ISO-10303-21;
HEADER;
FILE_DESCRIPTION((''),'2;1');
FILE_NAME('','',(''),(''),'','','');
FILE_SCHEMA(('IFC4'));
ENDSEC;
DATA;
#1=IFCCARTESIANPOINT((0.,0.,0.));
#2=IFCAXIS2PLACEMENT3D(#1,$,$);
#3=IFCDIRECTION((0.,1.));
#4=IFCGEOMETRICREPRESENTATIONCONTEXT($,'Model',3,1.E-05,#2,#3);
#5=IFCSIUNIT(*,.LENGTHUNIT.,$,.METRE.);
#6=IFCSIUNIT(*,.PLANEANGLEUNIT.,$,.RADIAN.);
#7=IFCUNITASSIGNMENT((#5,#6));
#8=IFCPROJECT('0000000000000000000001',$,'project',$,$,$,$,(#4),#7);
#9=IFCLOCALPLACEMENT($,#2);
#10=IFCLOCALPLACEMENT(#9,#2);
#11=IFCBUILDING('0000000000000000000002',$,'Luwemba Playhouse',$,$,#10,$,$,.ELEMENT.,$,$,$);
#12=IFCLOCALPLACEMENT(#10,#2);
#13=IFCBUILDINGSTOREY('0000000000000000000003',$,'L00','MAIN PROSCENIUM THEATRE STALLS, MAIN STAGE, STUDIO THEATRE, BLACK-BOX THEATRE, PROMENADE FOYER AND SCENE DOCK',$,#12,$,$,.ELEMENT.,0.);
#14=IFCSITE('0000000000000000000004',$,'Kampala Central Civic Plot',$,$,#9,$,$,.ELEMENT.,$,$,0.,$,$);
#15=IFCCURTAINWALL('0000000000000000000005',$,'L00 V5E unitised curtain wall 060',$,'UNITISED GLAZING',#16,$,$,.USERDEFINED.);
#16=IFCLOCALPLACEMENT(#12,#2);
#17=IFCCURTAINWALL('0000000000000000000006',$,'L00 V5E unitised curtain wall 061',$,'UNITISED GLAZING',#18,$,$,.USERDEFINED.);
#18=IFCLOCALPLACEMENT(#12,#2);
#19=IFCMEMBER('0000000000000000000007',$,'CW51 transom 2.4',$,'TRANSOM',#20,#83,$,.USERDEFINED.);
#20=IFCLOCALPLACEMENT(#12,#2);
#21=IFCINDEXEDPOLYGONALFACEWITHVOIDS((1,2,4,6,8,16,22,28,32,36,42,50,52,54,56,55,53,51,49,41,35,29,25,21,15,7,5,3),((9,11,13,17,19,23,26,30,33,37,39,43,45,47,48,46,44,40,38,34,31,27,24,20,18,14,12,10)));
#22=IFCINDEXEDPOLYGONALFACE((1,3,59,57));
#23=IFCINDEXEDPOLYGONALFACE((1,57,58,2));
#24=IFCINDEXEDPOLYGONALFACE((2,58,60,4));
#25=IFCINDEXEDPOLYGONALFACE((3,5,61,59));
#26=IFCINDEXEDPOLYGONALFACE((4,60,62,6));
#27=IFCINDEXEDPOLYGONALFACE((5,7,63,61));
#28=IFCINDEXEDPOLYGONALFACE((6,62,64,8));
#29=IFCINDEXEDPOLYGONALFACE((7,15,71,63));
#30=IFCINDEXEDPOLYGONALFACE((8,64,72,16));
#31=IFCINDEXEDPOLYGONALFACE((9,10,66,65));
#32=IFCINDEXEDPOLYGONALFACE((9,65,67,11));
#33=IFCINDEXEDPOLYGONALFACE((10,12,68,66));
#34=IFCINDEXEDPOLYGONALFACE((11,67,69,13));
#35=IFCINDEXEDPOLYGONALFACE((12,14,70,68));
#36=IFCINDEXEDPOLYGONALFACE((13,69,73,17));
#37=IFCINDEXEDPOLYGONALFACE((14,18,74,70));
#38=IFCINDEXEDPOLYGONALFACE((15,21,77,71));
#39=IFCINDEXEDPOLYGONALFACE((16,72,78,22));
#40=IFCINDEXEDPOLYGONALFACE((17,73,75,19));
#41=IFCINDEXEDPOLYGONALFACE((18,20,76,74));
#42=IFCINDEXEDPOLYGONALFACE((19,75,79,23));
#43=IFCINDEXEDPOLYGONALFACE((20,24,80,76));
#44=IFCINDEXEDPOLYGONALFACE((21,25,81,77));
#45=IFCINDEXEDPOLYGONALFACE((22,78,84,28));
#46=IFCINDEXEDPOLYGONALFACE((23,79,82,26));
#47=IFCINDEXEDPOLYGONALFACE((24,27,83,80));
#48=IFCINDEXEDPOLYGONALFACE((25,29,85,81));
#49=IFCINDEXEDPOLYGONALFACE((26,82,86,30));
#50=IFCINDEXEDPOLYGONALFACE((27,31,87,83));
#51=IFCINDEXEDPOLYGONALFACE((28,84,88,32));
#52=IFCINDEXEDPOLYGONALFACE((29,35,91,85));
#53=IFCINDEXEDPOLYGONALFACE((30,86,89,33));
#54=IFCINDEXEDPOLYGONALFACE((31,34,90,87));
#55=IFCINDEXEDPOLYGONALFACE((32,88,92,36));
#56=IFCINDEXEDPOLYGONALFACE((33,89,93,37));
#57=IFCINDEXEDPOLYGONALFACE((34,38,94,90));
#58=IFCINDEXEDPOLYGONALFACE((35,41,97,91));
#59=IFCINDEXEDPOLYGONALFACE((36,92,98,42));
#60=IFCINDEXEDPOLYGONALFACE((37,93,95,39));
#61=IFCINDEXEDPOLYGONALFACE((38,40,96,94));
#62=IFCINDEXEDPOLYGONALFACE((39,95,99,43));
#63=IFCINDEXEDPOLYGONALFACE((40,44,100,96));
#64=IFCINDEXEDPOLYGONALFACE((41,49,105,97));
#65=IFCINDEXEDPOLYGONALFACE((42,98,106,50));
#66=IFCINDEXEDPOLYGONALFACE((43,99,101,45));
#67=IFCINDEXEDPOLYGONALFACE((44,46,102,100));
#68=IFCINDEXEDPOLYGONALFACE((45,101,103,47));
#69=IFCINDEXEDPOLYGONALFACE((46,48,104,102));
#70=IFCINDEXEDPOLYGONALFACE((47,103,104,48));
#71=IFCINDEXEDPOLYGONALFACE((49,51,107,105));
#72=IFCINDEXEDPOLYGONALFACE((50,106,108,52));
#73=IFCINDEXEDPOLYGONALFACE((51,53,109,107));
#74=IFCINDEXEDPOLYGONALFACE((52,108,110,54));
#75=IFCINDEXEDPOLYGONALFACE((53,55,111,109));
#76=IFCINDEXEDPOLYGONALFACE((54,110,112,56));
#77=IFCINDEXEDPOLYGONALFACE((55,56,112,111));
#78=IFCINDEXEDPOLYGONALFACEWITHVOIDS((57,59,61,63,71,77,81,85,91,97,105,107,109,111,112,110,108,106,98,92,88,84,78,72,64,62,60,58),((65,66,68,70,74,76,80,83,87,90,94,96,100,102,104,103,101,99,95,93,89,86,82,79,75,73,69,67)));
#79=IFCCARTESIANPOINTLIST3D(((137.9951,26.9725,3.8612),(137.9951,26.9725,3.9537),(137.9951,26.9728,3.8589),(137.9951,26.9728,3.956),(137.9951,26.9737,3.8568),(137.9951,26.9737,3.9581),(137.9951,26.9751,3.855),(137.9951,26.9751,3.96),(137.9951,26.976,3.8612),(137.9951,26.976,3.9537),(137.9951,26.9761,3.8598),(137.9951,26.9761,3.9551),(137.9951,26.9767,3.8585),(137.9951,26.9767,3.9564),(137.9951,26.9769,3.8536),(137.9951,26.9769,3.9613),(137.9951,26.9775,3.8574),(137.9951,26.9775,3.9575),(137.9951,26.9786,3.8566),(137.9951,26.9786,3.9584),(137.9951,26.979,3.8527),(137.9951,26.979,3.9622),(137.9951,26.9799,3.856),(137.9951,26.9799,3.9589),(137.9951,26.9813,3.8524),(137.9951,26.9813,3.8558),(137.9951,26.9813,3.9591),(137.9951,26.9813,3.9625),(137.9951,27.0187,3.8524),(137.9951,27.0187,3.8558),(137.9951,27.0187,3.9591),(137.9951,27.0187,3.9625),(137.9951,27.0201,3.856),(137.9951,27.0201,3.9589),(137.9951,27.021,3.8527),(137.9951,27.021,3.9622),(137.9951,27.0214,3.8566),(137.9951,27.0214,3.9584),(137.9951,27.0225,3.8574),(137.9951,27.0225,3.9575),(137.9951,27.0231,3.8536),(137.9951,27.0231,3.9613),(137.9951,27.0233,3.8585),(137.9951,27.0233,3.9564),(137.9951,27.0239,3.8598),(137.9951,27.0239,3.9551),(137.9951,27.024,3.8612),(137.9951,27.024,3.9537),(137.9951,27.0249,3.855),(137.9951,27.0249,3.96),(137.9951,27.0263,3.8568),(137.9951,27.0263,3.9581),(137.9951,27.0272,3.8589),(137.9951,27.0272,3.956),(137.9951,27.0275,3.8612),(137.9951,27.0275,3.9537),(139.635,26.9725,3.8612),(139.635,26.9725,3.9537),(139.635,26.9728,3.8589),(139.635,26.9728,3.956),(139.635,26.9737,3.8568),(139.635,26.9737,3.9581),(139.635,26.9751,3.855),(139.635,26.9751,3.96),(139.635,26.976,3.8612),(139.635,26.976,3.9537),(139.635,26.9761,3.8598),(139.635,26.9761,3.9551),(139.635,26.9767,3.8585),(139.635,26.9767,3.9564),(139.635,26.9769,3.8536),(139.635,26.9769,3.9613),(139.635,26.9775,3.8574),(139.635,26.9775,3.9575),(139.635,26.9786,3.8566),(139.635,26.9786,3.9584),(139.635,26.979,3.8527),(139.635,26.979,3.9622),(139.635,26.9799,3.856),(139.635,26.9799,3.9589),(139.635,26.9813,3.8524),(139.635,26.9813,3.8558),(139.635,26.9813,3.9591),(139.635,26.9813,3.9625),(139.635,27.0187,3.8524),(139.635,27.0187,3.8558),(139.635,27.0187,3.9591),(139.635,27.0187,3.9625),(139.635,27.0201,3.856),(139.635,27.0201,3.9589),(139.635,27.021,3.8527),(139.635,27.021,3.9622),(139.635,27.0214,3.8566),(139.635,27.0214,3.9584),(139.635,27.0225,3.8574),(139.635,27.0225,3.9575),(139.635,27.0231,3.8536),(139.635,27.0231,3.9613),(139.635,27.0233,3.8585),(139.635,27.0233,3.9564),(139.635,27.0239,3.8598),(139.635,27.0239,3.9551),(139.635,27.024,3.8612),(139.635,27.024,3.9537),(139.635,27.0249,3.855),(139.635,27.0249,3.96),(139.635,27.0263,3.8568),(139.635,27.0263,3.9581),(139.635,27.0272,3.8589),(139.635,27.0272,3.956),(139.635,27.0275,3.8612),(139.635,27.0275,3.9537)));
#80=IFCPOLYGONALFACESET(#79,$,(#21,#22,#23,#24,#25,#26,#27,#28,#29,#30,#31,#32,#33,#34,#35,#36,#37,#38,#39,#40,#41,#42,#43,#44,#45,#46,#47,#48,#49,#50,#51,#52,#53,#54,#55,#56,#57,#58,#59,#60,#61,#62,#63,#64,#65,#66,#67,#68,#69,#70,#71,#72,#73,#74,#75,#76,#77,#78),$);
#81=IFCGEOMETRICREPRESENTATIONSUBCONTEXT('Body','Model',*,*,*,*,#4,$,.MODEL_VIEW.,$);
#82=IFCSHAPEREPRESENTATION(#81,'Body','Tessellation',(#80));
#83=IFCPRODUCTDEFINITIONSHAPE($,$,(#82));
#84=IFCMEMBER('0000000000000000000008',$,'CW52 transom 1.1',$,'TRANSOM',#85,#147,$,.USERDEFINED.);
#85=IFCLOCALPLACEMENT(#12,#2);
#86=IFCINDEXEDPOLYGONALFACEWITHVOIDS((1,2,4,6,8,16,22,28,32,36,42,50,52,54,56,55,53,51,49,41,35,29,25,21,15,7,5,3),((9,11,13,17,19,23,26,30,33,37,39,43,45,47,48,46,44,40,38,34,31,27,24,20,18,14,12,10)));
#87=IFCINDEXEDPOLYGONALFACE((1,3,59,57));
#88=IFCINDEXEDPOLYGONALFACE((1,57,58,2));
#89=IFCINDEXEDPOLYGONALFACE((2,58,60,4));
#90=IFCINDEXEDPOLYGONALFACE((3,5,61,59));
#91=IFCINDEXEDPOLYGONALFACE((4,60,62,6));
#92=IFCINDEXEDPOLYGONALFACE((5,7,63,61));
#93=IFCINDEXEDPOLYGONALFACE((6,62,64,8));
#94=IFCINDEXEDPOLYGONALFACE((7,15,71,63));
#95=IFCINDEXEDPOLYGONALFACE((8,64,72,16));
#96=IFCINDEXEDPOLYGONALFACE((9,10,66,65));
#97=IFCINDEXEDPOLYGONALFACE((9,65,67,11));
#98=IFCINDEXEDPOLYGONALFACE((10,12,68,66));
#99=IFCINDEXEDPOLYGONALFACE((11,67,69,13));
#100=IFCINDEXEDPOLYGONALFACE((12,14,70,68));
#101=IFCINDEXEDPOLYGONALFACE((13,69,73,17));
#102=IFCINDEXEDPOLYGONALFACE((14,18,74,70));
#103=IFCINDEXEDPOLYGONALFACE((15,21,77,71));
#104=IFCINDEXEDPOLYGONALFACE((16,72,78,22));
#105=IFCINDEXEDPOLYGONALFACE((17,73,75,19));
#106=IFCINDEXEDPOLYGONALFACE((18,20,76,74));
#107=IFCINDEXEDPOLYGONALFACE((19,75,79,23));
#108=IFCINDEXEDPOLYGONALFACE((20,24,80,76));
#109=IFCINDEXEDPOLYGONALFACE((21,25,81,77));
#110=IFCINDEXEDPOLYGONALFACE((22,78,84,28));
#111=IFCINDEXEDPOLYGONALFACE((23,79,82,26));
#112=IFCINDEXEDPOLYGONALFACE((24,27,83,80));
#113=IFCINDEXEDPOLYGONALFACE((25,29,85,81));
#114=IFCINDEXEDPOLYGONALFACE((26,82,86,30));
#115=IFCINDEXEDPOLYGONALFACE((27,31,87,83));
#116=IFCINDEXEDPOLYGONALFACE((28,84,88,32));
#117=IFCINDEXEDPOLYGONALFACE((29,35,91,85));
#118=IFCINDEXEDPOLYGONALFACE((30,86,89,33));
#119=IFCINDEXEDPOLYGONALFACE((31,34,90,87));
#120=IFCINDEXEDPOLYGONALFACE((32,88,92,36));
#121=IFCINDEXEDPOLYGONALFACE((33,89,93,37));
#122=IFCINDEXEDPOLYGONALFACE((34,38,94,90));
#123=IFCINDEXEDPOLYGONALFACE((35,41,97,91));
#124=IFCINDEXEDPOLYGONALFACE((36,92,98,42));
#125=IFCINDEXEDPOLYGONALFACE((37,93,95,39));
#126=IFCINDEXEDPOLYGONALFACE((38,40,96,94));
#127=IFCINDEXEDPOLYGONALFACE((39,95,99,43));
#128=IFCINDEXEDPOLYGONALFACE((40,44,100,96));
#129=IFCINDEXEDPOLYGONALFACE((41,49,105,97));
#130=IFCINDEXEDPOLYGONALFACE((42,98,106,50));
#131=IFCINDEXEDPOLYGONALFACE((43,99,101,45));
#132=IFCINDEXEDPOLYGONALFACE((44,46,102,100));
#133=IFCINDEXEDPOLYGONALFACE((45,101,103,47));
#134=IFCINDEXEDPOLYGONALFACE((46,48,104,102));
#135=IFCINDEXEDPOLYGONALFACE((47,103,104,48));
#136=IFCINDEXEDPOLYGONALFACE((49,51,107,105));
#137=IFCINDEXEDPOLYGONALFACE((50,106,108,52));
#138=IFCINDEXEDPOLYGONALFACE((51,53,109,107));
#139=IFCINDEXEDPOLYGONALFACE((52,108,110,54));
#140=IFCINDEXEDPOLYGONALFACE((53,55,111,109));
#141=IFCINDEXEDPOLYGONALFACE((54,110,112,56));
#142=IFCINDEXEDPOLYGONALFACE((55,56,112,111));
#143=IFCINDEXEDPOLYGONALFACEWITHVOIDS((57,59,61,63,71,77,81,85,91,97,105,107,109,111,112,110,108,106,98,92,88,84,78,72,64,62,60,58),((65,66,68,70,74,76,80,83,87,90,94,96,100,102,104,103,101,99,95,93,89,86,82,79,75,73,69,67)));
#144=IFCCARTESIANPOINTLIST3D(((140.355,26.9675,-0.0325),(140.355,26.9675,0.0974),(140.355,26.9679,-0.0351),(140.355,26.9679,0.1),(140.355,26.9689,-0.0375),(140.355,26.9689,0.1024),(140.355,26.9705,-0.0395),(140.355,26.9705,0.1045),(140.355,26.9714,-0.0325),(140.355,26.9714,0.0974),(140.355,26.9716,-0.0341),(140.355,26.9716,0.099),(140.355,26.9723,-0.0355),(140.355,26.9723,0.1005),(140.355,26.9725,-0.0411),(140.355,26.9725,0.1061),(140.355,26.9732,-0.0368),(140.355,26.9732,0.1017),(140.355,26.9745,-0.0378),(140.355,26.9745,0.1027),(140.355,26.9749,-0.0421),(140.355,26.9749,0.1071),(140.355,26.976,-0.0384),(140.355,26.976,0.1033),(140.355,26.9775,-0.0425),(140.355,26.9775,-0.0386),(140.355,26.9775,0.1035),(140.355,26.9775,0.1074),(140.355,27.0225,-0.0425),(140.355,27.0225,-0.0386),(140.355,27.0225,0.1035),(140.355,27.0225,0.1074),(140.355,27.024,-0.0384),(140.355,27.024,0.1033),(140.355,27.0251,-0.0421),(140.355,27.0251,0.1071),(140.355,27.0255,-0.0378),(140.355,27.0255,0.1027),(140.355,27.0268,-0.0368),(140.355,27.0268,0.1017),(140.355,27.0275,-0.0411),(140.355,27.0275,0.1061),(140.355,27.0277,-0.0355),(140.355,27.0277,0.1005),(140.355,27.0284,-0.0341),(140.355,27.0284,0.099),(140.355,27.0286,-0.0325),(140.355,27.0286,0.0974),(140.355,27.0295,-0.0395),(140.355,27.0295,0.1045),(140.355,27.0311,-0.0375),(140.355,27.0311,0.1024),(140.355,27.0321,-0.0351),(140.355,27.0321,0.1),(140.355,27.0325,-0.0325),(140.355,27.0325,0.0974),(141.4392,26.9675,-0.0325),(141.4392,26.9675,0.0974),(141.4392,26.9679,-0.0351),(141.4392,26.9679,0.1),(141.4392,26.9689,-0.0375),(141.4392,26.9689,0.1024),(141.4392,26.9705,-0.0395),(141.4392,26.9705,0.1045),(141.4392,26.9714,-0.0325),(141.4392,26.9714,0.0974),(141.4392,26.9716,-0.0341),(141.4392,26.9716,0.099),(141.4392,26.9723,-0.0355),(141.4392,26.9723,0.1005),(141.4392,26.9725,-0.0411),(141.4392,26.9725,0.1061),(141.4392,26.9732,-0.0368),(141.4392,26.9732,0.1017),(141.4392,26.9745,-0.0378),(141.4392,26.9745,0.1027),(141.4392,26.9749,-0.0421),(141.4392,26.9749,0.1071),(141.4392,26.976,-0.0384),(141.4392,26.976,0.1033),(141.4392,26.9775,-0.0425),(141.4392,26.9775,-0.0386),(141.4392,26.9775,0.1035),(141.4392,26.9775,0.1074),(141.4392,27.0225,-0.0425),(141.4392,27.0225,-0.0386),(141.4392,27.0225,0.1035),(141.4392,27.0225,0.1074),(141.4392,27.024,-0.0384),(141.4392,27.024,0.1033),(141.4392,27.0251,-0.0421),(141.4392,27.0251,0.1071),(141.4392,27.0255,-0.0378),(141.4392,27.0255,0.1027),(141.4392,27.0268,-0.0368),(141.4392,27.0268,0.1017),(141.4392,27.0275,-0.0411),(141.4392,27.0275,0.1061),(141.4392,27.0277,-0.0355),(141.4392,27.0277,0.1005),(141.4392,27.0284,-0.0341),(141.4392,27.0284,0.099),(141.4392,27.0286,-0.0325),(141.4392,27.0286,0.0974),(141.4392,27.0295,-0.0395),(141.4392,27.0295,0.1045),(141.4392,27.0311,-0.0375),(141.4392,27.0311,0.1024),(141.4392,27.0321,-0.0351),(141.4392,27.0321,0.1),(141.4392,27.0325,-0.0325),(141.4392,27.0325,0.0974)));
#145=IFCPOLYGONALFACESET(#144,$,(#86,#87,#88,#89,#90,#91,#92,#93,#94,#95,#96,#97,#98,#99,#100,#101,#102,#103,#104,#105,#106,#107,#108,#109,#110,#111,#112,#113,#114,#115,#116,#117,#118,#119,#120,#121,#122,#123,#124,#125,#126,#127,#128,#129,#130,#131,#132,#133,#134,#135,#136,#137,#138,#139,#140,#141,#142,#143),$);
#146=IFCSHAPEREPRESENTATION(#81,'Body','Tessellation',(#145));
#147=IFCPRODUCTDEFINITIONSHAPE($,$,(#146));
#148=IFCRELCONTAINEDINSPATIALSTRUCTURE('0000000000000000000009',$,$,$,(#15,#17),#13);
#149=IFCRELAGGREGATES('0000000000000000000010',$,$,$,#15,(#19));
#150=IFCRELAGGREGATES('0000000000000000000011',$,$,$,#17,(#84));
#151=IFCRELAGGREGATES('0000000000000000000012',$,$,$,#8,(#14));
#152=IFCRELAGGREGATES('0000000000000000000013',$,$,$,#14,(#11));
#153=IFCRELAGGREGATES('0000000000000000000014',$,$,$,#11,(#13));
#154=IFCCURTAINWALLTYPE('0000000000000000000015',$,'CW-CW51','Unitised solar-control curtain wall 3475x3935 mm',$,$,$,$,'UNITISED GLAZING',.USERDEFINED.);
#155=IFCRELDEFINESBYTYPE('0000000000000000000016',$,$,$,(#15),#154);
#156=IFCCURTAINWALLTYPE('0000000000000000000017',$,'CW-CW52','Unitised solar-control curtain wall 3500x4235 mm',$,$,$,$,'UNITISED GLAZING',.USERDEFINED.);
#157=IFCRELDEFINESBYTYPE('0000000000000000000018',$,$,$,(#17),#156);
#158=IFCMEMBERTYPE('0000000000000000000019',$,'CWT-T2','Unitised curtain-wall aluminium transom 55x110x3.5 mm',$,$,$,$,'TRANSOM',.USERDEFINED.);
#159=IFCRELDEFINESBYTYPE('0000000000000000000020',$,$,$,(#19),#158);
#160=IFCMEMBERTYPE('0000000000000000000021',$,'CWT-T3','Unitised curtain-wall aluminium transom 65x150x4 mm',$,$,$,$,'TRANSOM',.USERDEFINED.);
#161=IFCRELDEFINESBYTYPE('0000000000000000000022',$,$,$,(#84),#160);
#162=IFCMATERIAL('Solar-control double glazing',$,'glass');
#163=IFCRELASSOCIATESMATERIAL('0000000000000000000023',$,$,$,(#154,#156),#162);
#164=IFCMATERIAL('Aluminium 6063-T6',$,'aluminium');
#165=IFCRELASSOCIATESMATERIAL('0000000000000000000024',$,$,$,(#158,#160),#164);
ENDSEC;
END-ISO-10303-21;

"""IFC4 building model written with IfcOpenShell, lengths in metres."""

from ifc_helpers import new_model, si_unit, direction, frame, origin, origin_2d, place, context, subcontext, project, spatial, hollow_rectangle, extrude, material, material_profile, profile_set, type_object, element, aggregate, save


model = new_model("IFC4")

# Units and contexts
model_context = context("Model", 3, precision=1e-05, world=origin(), true_north=direction((0.0, 1.0)))
body_context = subcontext(model_context, "Body", "Model", "MODEL_VIEW")
ifc_project = project(units=[si_unit("LENGTHUNIT", "METRE"), si_unit("PLANEANGLEUNIT", "RADIAN")], contexts=[model_context])

# Site, building, storey
site_placement = place(None, origin())
site = spatial("IfcSite", under=ifc_project, at=site_placement, Name="Kampala Central Civic Plot", CompositionType="ELEMENT", RefElevation=0.0)
building_placement = place(site_placement, origin())
building = spatial("IfcBuilding", under=site, at=building_placement, Name="Luwemba Playhouse", CompositionType="ELEMENT")
storey_placement = place(building_placement, origin())
storey = spatial("IfcBuildingStorey", under=building, at=storey_placement, Name="L00", Description="MAIN PROSCENIUM THEATRE STALLS, MAIN STAGE, STUDIO THEATRE, BLACK-BOX THEATRE, PROMENADE FOYER AND SCENE DOCK", CompositionType="ELEMENT", Elevation=0.0)

# Curtain wall
ifc_material_1 = material(Name="Solar-control double glazing", Category="glass")
curtain_wall_type_1 = type_object("IfcCurtainWallType", Name="CW-CW51", Description="Unitised solar-control curtain wall 3475x3935 mm", ElementType="UNITISED GLAZING", PredefinedType="USERDEFINED", material=ifc_material_1)
curtain_wall_1_placement = place(storey_placement, origin())
curtain_wall_1 = element("IfcCurtainWall", 1, at=curtain_wall_1_placement, inside=storey, type_object=curtain_wall_type_1, Name="L00 V5E unitised curtain wall 060", ObjectType="UNITISED GLAZING", PredefinedType="USERDEFINED")
ifc_material_2 = material(Name="Aluminium 6063-T6", Category="aluminium")

# Curtain wall
curtain_wall_type_2 = type_object("IfcCurtainWallType", Name="CW-CW52", Description="Unitised solar-control curtain wall 3500x4235 mm", ElementType="UNITISED GLAZING", PredefinedType="USERDEFINED", material=ifc_material_1)
curtain_wall_2_placement = place(storey_placement, origin())
curtain_wall_2 = element("IfcCurtainWall", 2, at=curtain_wall_2_placement, inside=storey, type_object=curtain_wall_type_2, Name="L00 V5E unitised curtain wall 061", ObjectType="UNITISED GLAZING", PredefinedType="USERDEFINED")

# Members
ifc_material_profile_1 = material_profile(ifc_material_2, hollow_rectangle(XDim=0.0549, YDim=0.1101, WallThickness=0.0034, InnerFilletRadius=0.0054, OuterFilletRadius=0.0088, at=origin_2d()))
ifc_profile_set_1 = profile_set([ifc_material_profile_1], Name="Aluminium 6063-T6")
member_type_1 = type_object("IfcMemberType", Name="CWT-T2", Description="Unitised curtain-wall aluminium transom 55x110x3.5 mm", ElementType="TRANSOM", PredefinedType="USERDEFINED", material=ifc_profile_set_1)
member_1_placement = place(storey_placement, frame((137.9951, 27.0, 3.9075), z_axis=(1.0, 0.0, 0.0), x_axis=(0.0, 1.0, 0.0)))
member_1 = element("IfcMember", 3, at=member_1_placement, type_object=member_type_1, Name="CW51 transom 2.4", ObjectType="TRANSOM", PredefinedType="USERDEFINED", context=body_context, shape_type="SweptSolid", body=[
    extrude(hollow_rectangle(XDim=0.0549, YDim=0.1101, WallThickness=0.0034, InnerFilletRadius=0.0054, OuterFilletRadius=0.0088, at=origin_2d()), origin(), (0.0, 0.0, 1.0), 1.6399),
])
ifc_material_profile_2 = material_profile(ifc_material_2, hollow_rectangle(XDim=0.0649, YDim=0.1499, WallThickness=0.0039, InnerFilletRadius=0.0061, OuterFilletRadius=0.01, at=origin_2d()))
ifc_profile_set_2 = profile_set([ifc_material_profile_2], Name="Aluminium 6063-T6")
member_type_2 = type_object("IfcMemberType", Name="CWT-T3", Description="Unitised curtain-wall aluminium transom 65x150x4 mm", ElementType="TRANSOM", PredefinedType="USERDEFINED", material=ifc_profile_set_2)
member_2_placement = place(storey_placement, frame((140.355, 27.0, 0.0325), z_axis=(1.0, 0.0, 0.0), x_axis=(0.0, 1.0, 0.0)))
member_2 = element("IfcMember", 4, at=member_2_placement, type_object=member_type_2, Name="CW52 transom 1.1", ObjectType="TRANSOM", PredefinedType="USERDEFINED", context=body_context, shape_type="SweptSolid", body=[
    extrude(hollow_rectangle(XDim=0.0649, YDim=0.1499, WallThickness=0.0039, InnerFilletRadius=0.0061, OuterFilletRadius=0.01, at=origin_2d()), origin(), (0.0, 0.0, 1.0), 1.0842),
])

aggregate(curtain_wall_1, [member_1])
aggregate(curtain_wall_2, [member_2])

save(model, "model.ifc")
